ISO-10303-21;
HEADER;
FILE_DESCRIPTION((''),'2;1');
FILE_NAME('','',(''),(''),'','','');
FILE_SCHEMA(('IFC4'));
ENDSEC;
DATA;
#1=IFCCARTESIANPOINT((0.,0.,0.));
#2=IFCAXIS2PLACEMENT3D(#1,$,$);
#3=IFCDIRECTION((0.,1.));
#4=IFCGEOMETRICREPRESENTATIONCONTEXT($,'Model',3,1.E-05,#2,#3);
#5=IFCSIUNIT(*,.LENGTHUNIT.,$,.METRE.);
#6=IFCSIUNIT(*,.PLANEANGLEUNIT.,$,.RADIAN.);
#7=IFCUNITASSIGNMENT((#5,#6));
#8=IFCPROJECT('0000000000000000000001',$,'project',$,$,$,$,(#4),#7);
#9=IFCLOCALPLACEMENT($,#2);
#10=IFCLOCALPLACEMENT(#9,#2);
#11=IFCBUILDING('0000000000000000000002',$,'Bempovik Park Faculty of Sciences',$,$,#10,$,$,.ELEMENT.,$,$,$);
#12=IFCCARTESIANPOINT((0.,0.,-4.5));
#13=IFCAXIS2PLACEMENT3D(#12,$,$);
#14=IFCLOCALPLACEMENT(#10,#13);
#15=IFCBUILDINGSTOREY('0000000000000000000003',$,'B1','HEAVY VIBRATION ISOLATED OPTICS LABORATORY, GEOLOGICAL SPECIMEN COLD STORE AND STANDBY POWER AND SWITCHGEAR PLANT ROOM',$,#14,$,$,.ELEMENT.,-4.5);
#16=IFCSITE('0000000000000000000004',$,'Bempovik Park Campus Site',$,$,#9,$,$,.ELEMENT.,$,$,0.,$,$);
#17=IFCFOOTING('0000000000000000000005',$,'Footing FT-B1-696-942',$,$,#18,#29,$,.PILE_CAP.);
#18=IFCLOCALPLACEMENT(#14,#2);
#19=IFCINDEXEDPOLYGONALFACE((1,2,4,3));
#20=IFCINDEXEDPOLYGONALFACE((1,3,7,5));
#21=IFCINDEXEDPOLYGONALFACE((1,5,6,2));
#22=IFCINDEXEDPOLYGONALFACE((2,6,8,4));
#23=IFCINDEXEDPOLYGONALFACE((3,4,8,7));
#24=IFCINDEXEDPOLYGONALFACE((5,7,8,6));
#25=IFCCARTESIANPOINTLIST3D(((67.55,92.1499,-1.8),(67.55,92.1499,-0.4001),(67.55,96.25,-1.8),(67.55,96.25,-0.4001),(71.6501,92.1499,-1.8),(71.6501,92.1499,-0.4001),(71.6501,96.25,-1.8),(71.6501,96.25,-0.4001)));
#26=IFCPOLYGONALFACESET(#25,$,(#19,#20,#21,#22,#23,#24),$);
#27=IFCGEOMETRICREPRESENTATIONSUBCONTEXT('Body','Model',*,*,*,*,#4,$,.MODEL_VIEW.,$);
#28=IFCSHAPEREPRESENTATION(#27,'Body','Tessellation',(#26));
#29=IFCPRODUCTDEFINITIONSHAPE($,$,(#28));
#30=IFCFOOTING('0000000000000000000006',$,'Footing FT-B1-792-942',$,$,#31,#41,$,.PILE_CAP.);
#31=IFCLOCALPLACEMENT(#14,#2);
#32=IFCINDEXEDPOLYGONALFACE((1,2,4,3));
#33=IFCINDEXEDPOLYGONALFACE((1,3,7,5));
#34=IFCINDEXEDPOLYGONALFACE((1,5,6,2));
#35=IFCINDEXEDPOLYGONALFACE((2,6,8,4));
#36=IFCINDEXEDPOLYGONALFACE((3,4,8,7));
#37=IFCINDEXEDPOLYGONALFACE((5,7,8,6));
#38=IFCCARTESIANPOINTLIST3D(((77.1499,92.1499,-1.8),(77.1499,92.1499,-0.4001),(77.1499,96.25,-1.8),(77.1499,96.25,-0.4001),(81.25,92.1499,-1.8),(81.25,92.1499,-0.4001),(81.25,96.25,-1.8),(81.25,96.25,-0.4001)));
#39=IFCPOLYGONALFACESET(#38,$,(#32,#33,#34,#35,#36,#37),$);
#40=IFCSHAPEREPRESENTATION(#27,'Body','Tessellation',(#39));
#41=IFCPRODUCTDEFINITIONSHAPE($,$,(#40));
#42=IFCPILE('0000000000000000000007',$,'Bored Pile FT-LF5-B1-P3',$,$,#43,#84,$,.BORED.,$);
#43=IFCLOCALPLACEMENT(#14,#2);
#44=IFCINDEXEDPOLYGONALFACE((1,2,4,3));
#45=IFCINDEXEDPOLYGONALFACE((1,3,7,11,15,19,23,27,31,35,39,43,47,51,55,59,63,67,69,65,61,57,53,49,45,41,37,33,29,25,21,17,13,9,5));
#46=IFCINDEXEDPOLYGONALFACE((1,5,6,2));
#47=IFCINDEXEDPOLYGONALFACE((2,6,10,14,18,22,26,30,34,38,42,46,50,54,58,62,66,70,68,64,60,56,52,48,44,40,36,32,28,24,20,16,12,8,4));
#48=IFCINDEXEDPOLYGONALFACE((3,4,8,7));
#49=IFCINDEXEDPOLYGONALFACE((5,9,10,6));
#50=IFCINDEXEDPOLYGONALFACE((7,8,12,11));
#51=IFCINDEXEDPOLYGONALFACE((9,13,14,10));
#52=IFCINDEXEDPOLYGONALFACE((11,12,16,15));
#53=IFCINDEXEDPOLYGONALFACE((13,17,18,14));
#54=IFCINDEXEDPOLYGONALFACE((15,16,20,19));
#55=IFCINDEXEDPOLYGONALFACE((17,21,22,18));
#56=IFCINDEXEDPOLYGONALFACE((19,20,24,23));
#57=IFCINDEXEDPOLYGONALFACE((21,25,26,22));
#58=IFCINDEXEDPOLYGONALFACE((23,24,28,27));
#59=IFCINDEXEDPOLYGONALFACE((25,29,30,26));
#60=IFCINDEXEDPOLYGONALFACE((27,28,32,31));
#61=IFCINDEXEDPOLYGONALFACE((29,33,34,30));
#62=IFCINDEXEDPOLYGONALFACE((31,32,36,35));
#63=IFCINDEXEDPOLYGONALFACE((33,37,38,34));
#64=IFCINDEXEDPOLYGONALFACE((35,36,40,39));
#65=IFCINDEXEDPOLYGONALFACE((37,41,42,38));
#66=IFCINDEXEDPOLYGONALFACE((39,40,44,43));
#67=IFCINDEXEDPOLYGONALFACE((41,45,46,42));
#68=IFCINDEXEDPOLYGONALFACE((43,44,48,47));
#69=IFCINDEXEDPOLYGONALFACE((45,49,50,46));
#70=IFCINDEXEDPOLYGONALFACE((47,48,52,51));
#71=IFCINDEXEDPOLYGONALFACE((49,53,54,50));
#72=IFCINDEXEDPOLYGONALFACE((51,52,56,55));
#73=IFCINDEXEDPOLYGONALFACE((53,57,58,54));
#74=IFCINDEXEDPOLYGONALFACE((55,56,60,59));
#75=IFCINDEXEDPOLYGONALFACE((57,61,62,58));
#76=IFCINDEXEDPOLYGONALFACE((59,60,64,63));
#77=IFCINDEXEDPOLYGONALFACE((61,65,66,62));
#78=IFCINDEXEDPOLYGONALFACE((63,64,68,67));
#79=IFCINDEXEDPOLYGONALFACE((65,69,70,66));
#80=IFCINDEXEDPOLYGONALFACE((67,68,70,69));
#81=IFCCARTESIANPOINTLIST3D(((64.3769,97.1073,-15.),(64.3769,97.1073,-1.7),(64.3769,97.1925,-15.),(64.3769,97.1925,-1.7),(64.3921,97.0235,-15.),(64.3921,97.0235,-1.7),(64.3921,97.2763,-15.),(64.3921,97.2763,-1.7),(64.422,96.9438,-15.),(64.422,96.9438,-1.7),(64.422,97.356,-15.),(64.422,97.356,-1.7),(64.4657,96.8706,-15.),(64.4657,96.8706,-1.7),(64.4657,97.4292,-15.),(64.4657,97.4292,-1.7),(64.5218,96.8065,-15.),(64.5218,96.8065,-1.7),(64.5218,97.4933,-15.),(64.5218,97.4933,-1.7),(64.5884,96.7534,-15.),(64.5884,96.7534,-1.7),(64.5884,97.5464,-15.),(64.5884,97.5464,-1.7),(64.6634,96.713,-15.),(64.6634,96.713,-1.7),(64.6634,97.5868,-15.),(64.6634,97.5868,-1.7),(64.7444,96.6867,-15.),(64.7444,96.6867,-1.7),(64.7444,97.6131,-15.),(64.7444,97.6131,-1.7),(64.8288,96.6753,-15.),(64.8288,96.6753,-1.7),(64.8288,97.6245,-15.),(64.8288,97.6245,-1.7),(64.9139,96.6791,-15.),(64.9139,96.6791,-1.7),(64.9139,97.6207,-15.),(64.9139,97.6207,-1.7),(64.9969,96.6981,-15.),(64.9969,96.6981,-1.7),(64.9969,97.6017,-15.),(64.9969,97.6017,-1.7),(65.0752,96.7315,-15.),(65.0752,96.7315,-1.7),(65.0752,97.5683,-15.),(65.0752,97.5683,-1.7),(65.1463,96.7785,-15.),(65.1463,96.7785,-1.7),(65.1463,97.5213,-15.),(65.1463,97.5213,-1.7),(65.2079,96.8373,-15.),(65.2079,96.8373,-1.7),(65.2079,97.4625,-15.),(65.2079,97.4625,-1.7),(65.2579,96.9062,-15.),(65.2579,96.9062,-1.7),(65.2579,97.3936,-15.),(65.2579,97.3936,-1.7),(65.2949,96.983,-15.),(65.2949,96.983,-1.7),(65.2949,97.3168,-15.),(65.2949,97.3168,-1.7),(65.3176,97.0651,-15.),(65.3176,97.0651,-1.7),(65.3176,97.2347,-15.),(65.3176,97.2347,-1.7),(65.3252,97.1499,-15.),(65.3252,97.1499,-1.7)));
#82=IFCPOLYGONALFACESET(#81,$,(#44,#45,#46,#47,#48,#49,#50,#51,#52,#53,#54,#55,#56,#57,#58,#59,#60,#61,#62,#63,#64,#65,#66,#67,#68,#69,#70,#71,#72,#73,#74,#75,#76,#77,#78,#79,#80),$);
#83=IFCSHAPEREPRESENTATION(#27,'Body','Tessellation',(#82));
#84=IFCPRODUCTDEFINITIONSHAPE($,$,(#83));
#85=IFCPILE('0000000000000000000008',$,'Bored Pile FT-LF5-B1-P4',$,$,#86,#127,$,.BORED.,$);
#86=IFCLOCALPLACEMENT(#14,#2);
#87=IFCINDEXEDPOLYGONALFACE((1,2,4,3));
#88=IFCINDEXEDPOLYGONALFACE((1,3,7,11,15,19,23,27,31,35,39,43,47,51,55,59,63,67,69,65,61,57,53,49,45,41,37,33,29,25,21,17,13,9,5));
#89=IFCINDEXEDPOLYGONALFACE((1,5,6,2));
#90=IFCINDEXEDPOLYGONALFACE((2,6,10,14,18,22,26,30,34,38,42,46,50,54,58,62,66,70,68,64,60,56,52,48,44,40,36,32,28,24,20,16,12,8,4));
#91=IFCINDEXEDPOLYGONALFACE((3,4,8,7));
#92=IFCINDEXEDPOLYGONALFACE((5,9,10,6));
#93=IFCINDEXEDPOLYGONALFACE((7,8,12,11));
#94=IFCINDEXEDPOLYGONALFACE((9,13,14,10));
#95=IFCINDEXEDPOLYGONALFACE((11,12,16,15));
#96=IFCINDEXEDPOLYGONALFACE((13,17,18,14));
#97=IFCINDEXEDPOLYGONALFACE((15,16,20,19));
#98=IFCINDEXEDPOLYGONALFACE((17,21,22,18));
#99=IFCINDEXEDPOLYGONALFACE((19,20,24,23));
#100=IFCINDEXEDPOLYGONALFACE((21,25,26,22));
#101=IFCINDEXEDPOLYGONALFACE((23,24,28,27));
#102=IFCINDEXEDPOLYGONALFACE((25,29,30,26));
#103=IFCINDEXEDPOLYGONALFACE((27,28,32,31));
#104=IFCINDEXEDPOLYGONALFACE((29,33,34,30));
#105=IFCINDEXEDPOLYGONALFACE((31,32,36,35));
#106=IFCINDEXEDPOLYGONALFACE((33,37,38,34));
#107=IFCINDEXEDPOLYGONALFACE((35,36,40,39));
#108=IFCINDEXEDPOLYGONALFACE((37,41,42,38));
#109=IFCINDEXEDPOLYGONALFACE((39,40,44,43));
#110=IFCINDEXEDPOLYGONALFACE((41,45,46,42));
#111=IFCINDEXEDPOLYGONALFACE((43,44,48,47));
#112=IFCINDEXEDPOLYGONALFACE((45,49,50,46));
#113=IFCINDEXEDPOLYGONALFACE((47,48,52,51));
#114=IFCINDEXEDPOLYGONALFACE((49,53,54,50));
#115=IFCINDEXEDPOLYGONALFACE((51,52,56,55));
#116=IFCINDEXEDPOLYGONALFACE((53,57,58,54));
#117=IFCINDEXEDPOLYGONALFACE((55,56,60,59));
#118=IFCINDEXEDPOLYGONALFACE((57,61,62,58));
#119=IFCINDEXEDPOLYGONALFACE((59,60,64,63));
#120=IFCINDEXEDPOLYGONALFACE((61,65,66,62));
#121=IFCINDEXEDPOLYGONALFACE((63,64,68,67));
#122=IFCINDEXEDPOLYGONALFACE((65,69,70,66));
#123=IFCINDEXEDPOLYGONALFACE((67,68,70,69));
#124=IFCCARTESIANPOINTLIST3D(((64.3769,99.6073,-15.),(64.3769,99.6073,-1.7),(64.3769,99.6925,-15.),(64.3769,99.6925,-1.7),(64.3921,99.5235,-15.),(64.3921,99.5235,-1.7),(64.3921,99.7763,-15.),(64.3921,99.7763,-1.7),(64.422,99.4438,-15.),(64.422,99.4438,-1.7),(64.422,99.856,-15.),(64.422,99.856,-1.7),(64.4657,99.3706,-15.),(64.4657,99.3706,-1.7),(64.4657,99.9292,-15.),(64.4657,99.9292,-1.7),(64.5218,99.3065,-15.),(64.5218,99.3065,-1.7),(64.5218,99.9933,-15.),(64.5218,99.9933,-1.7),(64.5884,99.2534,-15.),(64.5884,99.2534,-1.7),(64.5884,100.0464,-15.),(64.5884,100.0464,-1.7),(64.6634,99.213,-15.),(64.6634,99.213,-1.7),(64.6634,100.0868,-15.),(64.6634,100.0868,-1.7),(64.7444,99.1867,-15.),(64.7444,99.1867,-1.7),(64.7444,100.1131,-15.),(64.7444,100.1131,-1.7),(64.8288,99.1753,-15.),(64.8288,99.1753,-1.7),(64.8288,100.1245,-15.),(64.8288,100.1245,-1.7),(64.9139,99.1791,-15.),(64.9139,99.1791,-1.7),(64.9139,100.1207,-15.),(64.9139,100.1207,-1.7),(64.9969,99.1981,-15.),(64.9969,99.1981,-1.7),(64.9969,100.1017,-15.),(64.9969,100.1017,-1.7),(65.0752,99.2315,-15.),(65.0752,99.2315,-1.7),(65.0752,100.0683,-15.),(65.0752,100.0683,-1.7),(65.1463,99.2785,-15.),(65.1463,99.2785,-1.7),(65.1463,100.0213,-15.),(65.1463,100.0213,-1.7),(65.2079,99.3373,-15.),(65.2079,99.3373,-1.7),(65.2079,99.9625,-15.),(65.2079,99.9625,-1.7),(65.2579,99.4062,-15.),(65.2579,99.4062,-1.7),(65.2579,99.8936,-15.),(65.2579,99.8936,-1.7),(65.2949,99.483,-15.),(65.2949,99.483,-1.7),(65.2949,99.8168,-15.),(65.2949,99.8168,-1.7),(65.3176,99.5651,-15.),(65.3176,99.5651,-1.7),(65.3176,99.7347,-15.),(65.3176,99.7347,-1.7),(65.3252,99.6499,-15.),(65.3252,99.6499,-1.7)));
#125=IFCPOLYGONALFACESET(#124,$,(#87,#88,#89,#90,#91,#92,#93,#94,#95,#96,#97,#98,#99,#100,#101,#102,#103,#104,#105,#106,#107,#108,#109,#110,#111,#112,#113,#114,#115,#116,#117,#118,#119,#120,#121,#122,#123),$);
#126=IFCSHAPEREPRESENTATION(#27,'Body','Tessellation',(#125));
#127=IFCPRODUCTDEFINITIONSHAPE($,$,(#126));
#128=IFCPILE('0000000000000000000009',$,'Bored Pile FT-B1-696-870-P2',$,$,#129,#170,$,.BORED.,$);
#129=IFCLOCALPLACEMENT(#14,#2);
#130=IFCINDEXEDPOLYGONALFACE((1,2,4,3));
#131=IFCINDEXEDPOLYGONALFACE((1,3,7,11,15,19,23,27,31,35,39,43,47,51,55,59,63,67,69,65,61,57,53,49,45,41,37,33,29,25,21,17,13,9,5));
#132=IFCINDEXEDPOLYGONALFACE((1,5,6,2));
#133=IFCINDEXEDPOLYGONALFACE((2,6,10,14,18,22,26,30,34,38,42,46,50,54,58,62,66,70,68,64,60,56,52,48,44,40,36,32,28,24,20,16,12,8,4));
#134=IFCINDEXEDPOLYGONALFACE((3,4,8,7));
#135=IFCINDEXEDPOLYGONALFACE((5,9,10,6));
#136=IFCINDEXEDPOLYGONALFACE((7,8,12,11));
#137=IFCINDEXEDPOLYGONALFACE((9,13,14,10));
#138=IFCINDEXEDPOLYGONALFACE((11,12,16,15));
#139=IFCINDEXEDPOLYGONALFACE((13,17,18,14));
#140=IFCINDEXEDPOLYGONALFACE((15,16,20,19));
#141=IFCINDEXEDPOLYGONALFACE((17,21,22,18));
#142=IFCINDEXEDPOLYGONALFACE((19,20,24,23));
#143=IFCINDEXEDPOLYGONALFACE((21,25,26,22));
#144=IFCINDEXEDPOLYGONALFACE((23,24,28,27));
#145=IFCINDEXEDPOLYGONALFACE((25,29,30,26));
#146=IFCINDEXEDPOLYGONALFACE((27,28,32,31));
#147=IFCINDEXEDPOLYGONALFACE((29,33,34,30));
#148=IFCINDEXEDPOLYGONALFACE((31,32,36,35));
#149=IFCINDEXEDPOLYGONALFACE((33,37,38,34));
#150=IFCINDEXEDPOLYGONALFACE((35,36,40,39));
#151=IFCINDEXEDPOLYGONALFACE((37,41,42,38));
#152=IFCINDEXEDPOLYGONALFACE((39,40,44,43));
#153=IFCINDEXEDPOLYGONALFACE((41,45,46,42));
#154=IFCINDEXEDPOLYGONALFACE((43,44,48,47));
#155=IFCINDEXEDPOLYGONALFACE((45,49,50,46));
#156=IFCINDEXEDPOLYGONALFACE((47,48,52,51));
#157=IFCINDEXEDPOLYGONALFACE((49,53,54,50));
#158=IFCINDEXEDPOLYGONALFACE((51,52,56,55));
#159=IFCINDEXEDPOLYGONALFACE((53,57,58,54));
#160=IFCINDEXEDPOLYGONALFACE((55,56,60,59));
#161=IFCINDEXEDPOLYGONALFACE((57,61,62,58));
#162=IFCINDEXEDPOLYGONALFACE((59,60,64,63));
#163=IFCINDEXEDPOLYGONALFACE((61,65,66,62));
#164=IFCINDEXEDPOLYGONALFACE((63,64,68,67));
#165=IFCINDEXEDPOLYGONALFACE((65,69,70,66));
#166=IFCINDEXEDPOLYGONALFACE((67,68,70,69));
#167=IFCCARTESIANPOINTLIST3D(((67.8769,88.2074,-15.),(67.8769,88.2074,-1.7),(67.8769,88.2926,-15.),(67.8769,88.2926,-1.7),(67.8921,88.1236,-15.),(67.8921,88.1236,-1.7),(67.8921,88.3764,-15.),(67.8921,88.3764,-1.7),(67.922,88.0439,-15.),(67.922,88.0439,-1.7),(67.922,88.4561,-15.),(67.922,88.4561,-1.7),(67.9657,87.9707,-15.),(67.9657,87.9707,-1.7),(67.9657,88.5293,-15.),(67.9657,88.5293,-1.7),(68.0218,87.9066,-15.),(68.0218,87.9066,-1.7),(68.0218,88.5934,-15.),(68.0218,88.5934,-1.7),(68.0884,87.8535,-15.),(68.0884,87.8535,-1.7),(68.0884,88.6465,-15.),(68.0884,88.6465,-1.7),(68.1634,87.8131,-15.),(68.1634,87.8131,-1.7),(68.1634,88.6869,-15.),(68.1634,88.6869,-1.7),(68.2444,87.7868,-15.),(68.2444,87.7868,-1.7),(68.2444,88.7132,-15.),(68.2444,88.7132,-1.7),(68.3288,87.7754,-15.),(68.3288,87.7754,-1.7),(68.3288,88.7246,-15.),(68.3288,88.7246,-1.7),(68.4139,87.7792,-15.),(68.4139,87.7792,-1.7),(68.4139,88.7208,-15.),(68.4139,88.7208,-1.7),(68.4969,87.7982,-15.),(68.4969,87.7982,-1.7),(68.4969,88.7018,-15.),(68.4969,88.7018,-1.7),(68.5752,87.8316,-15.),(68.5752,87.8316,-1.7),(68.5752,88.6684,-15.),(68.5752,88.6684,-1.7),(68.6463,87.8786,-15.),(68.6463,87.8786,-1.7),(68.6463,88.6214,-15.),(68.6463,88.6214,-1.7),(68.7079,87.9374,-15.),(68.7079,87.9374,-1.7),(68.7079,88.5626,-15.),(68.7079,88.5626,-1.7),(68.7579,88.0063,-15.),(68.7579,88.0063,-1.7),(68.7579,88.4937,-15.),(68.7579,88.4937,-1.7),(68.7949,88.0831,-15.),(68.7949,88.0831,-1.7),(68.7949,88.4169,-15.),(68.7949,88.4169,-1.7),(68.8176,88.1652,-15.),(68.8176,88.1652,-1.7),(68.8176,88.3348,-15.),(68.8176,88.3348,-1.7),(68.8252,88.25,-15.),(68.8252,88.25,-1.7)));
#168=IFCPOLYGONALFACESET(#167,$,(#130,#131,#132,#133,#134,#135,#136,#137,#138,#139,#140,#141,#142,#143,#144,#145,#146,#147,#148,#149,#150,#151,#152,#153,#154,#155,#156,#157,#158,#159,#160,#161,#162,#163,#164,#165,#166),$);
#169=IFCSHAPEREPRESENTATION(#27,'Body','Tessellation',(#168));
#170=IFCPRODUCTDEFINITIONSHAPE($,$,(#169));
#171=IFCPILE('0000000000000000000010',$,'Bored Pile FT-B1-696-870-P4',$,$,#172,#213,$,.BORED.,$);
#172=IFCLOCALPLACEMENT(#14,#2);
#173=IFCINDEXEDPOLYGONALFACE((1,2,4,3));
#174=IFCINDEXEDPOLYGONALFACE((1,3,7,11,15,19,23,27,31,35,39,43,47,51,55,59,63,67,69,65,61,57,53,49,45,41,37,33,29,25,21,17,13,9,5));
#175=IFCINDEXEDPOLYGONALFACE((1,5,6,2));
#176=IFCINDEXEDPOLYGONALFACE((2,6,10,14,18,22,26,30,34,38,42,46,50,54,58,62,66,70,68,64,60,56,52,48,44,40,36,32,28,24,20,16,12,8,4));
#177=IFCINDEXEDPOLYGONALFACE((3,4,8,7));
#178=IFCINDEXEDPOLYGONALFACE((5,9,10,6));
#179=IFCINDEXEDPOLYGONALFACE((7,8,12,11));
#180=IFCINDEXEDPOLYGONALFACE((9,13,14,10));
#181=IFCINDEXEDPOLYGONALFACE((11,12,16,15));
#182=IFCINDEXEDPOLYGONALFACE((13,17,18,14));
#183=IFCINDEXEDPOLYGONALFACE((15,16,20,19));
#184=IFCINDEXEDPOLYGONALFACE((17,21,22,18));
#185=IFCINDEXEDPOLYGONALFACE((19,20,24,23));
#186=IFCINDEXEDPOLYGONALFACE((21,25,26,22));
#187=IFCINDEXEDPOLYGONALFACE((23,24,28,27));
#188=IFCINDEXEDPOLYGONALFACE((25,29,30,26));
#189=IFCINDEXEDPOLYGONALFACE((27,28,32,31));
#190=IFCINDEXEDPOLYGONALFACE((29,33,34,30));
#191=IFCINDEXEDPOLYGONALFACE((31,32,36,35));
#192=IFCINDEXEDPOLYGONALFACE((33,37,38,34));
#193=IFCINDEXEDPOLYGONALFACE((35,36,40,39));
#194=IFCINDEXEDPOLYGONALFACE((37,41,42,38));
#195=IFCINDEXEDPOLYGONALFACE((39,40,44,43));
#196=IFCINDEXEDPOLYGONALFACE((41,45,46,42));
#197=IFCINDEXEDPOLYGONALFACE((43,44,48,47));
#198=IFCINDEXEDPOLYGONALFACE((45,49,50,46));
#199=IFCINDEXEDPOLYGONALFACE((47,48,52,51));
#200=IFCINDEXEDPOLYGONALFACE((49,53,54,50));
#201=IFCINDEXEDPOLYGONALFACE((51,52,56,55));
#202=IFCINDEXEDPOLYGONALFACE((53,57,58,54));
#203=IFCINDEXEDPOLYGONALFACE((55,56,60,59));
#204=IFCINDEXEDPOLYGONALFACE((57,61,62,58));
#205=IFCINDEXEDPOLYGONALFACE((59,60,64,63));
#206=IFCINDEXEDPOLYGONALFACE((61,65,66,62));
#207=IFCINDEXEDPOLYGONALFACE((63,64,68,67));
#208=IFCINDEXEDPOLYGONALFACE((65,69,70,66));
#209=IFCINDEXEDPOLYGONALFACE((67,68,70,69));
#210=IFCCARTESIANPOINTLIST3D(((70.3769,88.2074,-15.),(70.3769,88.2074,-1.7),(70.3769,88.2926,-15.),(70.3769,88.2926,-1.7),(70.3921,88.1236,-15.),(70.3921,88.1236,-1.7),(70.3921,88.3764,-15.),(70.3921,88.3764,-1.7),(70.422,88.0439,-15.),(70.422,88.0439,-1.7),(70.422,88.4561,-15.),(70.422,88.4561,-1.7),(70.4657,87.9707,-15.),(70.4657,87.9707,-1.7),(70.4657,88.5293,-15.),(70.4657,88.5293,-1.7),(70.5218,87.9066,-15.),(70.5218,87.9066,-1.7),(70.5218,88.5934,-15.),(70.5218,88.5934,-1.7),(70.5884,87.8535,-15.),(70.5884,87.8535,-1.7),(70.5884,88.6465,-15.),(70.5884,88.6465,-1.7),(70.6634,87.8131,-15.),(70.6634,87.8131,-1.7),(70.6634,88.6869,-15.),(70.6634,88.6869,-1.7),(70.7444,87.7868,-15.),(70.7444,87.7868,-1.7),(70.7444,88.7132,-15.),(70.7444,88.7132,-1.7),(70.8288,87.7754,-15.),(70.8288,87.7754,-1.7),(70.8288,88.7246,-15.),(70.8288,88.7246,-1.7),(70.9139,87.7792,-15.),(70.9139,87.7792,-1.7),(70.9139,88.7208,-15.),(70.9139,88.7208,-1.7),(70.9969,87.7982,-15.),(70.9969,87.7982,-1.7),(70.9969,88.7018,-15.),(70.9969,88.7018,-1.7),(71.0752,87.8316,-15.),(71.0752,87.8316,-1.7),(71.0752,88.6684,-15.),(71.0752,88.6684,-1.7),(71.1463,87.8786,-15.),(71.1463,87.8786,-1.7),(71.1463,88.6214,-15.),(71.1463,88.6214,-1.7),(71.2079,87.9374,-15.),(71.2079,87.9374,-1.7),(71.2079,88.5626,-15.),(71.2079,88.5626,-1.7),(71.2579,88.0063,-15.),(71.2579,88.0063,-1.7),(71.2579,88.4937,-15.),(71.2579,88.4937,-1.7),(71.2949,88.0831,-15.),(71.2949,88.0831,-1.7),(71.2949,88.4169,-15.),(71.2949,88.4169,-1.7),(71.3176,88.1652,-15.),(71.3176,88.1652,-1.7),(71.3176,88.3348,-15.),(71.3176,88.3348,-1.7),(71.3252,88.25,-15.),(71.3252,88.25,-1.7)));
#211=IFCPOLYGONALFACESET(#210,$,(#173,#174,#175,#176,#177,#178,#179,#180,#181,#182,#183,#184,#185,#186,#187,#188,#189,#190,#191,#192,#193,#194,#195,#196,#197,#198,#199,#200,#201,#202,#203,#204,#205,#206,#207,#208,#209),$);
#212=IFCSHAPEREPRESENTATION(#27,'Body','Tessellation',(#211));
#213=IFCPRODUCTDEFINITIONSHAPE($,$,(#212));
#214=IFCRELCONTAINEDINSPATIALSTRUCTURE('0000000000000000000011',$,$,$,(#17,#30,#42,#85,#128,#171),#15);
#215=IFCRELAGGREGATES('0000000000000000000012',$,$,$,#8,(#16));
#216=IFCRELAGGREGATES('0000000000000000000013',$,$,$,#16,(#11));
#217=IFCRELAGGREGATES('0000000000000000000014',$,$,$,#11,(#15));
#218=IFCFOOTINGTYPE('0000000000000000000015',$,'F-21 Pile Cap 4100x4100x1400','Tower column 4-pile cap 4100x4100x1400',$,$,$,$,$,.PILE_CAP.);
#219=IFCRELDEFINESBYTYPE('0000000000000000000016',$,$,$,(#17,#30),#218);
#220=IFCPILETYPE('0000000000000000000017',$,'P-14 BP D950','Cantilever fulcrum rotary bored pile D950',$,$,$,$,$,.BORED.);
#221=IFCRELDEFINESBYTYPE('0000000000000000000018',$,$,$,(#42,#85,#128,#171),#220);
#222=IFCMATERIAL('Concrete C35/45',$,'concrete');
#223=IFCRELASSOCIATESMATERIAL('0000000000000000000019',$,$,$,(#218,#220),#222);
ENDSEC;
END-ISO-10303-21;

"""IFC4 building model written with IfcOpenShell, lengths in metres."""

from ifc_helpers import new_model, si_unit, direction, frame, origin, origin_2d, place, context, subcontext, project, spatial, rectangle, circle, extrude, material, material_profile, profile_set, type_object, element, save


model = new_model("IFC4")

# Units and contexts
model_context = context("Model", 3, precision=1e-05, world=origin(), true_north=direction((0.0, 1.0)))
body_context = subcontext(model_context, "Body", "Model", "MODEL_VIEW")
ifc_project = project(units=[si_unit("LENGTHUNIT", "METRE"), si_unit("PLANEANGLEUNIT", "RADIAN")], contexts=[model_context])

# Site, building, storey
site_placement = place(None, origin())
site = spatial("IfcSite", under=ifc_project, at=site_placement, Name="Bempovik Park Campus Site", CompositionType="ELEMENT", RefElevation=0.0)
building_placement = place(site_placement, origin())
building = spatial("IfcBuilding", under=site, at=building_placement, Name="Bempovik Park Faculty of Sciences", CompositionType="ELEMENT")
storey_placement = place(building_placement, frame((0.0, 0.0, -4.5)))
storey = spatial("IfcBuildingStorey", under=building, at=storey_placement, Name="B1", Description="HEAVY VIBRATION ISOLATED OPTICS LABORATORY, GEOLOGICAL SPECIMEN COLD STORE AND STANDBY POWER AND SWITCHGEAR PLANT ROOM", CompositionType="ELEMENT", Elevation=-4.5)

# Footings
ifc_material_1 = material(Name="Concrete C35/45", Category="concrete")
footing_type = type_object("IfcFootingType", Name="F-21 Pile Cap 4100x4100x1400", Description="Tower column 4-pile cap 4100x4100x1400", PredefinedType="PILE_CAP", material=ifc_material_1)
for number, where, z_axis, x_axis, name in (
    (1, (69.6001, 94.2, -1.8), (0.0, 0.0, 1.0), (1.0, 0.0, 0.0), "Footing FT-B1-696-942"),
    (2, (79.2, 94.2, -1.8), (0.0, 0.0, 1.0), (1.0, 0.0, 0.0), "Footing FT-B1-792-942"),
):
    element("IfcFooting", number, at=place(storey_placement, frame(where, z_axis=z_axis, x_axis=x_axis)), inside=storey, type_object=footing_type, Name=name, PredefinedType="PILE_CAP", context=body_context, shape_type="SweptSolid", body=[
        extrude(rectangle(XDim=4.1001, YDim=4.1001, at=origin_2d()), origin(), (0.0, 0.0, 1.0), 1.3999),
    ])

# Piles
ifc_material_profile_1 = material_profile(ifc_material_1, circle(Radius=0.4751, at=origin_2d()), Name="BP D950")
ifc_profile_set_1 = profile_set([ifc_material_profile_1], Name="Concrete C35/45")
pile_type = type_object("IfcPileType", Name="P-14 BP D950", Description="Cantilever fulcrum rotary bored pile D950", PredefinedType="BORED", material=ifc_profile_set_1)
for number, where, z_axis, x_axis, name in (
    (3, (64.8501, 97.1499, -1.7), (0.0, 0.0, -1.0), (1.0, 0.0, 0.0), "Bored Pile FT-LF5-B1-P3"),
    (4, (64.8501, 99.6499, -1.7), (0.0, 0.0, -1.0), (1.0, 0.0, 0.0), "Bored Pile FT-LF5-B1-P4"),
    (5, (68.3501, 88.25, -1.7), (0.0, 0.0, -1.0), (1.0, 0.0, 0.0), "Bored Pile FT-B1-696-870-P2"),
    (6, (70.8501, 88.25, -1.7), (0.0, 0.0, -1.0), (1.0, 0.0, 0.0), "Bored Pile FT-B1-696-870-P4"),
):
    element("IfcPile", number, at=place(storey_placement, frame(where, z_axis=z_axis, x_axis=x_axis)), inside=storey, type_object=pile_type, Name=name, PredefinedType="BORED", context=body_context, shape_type="SweptSolid", body=[
        extrude(circle(Radius=0.4751, at=origin_2d()), origin(), (0.0, 0.0, 1.0), 13.3),
    ])

save(model, "model.ifc")
